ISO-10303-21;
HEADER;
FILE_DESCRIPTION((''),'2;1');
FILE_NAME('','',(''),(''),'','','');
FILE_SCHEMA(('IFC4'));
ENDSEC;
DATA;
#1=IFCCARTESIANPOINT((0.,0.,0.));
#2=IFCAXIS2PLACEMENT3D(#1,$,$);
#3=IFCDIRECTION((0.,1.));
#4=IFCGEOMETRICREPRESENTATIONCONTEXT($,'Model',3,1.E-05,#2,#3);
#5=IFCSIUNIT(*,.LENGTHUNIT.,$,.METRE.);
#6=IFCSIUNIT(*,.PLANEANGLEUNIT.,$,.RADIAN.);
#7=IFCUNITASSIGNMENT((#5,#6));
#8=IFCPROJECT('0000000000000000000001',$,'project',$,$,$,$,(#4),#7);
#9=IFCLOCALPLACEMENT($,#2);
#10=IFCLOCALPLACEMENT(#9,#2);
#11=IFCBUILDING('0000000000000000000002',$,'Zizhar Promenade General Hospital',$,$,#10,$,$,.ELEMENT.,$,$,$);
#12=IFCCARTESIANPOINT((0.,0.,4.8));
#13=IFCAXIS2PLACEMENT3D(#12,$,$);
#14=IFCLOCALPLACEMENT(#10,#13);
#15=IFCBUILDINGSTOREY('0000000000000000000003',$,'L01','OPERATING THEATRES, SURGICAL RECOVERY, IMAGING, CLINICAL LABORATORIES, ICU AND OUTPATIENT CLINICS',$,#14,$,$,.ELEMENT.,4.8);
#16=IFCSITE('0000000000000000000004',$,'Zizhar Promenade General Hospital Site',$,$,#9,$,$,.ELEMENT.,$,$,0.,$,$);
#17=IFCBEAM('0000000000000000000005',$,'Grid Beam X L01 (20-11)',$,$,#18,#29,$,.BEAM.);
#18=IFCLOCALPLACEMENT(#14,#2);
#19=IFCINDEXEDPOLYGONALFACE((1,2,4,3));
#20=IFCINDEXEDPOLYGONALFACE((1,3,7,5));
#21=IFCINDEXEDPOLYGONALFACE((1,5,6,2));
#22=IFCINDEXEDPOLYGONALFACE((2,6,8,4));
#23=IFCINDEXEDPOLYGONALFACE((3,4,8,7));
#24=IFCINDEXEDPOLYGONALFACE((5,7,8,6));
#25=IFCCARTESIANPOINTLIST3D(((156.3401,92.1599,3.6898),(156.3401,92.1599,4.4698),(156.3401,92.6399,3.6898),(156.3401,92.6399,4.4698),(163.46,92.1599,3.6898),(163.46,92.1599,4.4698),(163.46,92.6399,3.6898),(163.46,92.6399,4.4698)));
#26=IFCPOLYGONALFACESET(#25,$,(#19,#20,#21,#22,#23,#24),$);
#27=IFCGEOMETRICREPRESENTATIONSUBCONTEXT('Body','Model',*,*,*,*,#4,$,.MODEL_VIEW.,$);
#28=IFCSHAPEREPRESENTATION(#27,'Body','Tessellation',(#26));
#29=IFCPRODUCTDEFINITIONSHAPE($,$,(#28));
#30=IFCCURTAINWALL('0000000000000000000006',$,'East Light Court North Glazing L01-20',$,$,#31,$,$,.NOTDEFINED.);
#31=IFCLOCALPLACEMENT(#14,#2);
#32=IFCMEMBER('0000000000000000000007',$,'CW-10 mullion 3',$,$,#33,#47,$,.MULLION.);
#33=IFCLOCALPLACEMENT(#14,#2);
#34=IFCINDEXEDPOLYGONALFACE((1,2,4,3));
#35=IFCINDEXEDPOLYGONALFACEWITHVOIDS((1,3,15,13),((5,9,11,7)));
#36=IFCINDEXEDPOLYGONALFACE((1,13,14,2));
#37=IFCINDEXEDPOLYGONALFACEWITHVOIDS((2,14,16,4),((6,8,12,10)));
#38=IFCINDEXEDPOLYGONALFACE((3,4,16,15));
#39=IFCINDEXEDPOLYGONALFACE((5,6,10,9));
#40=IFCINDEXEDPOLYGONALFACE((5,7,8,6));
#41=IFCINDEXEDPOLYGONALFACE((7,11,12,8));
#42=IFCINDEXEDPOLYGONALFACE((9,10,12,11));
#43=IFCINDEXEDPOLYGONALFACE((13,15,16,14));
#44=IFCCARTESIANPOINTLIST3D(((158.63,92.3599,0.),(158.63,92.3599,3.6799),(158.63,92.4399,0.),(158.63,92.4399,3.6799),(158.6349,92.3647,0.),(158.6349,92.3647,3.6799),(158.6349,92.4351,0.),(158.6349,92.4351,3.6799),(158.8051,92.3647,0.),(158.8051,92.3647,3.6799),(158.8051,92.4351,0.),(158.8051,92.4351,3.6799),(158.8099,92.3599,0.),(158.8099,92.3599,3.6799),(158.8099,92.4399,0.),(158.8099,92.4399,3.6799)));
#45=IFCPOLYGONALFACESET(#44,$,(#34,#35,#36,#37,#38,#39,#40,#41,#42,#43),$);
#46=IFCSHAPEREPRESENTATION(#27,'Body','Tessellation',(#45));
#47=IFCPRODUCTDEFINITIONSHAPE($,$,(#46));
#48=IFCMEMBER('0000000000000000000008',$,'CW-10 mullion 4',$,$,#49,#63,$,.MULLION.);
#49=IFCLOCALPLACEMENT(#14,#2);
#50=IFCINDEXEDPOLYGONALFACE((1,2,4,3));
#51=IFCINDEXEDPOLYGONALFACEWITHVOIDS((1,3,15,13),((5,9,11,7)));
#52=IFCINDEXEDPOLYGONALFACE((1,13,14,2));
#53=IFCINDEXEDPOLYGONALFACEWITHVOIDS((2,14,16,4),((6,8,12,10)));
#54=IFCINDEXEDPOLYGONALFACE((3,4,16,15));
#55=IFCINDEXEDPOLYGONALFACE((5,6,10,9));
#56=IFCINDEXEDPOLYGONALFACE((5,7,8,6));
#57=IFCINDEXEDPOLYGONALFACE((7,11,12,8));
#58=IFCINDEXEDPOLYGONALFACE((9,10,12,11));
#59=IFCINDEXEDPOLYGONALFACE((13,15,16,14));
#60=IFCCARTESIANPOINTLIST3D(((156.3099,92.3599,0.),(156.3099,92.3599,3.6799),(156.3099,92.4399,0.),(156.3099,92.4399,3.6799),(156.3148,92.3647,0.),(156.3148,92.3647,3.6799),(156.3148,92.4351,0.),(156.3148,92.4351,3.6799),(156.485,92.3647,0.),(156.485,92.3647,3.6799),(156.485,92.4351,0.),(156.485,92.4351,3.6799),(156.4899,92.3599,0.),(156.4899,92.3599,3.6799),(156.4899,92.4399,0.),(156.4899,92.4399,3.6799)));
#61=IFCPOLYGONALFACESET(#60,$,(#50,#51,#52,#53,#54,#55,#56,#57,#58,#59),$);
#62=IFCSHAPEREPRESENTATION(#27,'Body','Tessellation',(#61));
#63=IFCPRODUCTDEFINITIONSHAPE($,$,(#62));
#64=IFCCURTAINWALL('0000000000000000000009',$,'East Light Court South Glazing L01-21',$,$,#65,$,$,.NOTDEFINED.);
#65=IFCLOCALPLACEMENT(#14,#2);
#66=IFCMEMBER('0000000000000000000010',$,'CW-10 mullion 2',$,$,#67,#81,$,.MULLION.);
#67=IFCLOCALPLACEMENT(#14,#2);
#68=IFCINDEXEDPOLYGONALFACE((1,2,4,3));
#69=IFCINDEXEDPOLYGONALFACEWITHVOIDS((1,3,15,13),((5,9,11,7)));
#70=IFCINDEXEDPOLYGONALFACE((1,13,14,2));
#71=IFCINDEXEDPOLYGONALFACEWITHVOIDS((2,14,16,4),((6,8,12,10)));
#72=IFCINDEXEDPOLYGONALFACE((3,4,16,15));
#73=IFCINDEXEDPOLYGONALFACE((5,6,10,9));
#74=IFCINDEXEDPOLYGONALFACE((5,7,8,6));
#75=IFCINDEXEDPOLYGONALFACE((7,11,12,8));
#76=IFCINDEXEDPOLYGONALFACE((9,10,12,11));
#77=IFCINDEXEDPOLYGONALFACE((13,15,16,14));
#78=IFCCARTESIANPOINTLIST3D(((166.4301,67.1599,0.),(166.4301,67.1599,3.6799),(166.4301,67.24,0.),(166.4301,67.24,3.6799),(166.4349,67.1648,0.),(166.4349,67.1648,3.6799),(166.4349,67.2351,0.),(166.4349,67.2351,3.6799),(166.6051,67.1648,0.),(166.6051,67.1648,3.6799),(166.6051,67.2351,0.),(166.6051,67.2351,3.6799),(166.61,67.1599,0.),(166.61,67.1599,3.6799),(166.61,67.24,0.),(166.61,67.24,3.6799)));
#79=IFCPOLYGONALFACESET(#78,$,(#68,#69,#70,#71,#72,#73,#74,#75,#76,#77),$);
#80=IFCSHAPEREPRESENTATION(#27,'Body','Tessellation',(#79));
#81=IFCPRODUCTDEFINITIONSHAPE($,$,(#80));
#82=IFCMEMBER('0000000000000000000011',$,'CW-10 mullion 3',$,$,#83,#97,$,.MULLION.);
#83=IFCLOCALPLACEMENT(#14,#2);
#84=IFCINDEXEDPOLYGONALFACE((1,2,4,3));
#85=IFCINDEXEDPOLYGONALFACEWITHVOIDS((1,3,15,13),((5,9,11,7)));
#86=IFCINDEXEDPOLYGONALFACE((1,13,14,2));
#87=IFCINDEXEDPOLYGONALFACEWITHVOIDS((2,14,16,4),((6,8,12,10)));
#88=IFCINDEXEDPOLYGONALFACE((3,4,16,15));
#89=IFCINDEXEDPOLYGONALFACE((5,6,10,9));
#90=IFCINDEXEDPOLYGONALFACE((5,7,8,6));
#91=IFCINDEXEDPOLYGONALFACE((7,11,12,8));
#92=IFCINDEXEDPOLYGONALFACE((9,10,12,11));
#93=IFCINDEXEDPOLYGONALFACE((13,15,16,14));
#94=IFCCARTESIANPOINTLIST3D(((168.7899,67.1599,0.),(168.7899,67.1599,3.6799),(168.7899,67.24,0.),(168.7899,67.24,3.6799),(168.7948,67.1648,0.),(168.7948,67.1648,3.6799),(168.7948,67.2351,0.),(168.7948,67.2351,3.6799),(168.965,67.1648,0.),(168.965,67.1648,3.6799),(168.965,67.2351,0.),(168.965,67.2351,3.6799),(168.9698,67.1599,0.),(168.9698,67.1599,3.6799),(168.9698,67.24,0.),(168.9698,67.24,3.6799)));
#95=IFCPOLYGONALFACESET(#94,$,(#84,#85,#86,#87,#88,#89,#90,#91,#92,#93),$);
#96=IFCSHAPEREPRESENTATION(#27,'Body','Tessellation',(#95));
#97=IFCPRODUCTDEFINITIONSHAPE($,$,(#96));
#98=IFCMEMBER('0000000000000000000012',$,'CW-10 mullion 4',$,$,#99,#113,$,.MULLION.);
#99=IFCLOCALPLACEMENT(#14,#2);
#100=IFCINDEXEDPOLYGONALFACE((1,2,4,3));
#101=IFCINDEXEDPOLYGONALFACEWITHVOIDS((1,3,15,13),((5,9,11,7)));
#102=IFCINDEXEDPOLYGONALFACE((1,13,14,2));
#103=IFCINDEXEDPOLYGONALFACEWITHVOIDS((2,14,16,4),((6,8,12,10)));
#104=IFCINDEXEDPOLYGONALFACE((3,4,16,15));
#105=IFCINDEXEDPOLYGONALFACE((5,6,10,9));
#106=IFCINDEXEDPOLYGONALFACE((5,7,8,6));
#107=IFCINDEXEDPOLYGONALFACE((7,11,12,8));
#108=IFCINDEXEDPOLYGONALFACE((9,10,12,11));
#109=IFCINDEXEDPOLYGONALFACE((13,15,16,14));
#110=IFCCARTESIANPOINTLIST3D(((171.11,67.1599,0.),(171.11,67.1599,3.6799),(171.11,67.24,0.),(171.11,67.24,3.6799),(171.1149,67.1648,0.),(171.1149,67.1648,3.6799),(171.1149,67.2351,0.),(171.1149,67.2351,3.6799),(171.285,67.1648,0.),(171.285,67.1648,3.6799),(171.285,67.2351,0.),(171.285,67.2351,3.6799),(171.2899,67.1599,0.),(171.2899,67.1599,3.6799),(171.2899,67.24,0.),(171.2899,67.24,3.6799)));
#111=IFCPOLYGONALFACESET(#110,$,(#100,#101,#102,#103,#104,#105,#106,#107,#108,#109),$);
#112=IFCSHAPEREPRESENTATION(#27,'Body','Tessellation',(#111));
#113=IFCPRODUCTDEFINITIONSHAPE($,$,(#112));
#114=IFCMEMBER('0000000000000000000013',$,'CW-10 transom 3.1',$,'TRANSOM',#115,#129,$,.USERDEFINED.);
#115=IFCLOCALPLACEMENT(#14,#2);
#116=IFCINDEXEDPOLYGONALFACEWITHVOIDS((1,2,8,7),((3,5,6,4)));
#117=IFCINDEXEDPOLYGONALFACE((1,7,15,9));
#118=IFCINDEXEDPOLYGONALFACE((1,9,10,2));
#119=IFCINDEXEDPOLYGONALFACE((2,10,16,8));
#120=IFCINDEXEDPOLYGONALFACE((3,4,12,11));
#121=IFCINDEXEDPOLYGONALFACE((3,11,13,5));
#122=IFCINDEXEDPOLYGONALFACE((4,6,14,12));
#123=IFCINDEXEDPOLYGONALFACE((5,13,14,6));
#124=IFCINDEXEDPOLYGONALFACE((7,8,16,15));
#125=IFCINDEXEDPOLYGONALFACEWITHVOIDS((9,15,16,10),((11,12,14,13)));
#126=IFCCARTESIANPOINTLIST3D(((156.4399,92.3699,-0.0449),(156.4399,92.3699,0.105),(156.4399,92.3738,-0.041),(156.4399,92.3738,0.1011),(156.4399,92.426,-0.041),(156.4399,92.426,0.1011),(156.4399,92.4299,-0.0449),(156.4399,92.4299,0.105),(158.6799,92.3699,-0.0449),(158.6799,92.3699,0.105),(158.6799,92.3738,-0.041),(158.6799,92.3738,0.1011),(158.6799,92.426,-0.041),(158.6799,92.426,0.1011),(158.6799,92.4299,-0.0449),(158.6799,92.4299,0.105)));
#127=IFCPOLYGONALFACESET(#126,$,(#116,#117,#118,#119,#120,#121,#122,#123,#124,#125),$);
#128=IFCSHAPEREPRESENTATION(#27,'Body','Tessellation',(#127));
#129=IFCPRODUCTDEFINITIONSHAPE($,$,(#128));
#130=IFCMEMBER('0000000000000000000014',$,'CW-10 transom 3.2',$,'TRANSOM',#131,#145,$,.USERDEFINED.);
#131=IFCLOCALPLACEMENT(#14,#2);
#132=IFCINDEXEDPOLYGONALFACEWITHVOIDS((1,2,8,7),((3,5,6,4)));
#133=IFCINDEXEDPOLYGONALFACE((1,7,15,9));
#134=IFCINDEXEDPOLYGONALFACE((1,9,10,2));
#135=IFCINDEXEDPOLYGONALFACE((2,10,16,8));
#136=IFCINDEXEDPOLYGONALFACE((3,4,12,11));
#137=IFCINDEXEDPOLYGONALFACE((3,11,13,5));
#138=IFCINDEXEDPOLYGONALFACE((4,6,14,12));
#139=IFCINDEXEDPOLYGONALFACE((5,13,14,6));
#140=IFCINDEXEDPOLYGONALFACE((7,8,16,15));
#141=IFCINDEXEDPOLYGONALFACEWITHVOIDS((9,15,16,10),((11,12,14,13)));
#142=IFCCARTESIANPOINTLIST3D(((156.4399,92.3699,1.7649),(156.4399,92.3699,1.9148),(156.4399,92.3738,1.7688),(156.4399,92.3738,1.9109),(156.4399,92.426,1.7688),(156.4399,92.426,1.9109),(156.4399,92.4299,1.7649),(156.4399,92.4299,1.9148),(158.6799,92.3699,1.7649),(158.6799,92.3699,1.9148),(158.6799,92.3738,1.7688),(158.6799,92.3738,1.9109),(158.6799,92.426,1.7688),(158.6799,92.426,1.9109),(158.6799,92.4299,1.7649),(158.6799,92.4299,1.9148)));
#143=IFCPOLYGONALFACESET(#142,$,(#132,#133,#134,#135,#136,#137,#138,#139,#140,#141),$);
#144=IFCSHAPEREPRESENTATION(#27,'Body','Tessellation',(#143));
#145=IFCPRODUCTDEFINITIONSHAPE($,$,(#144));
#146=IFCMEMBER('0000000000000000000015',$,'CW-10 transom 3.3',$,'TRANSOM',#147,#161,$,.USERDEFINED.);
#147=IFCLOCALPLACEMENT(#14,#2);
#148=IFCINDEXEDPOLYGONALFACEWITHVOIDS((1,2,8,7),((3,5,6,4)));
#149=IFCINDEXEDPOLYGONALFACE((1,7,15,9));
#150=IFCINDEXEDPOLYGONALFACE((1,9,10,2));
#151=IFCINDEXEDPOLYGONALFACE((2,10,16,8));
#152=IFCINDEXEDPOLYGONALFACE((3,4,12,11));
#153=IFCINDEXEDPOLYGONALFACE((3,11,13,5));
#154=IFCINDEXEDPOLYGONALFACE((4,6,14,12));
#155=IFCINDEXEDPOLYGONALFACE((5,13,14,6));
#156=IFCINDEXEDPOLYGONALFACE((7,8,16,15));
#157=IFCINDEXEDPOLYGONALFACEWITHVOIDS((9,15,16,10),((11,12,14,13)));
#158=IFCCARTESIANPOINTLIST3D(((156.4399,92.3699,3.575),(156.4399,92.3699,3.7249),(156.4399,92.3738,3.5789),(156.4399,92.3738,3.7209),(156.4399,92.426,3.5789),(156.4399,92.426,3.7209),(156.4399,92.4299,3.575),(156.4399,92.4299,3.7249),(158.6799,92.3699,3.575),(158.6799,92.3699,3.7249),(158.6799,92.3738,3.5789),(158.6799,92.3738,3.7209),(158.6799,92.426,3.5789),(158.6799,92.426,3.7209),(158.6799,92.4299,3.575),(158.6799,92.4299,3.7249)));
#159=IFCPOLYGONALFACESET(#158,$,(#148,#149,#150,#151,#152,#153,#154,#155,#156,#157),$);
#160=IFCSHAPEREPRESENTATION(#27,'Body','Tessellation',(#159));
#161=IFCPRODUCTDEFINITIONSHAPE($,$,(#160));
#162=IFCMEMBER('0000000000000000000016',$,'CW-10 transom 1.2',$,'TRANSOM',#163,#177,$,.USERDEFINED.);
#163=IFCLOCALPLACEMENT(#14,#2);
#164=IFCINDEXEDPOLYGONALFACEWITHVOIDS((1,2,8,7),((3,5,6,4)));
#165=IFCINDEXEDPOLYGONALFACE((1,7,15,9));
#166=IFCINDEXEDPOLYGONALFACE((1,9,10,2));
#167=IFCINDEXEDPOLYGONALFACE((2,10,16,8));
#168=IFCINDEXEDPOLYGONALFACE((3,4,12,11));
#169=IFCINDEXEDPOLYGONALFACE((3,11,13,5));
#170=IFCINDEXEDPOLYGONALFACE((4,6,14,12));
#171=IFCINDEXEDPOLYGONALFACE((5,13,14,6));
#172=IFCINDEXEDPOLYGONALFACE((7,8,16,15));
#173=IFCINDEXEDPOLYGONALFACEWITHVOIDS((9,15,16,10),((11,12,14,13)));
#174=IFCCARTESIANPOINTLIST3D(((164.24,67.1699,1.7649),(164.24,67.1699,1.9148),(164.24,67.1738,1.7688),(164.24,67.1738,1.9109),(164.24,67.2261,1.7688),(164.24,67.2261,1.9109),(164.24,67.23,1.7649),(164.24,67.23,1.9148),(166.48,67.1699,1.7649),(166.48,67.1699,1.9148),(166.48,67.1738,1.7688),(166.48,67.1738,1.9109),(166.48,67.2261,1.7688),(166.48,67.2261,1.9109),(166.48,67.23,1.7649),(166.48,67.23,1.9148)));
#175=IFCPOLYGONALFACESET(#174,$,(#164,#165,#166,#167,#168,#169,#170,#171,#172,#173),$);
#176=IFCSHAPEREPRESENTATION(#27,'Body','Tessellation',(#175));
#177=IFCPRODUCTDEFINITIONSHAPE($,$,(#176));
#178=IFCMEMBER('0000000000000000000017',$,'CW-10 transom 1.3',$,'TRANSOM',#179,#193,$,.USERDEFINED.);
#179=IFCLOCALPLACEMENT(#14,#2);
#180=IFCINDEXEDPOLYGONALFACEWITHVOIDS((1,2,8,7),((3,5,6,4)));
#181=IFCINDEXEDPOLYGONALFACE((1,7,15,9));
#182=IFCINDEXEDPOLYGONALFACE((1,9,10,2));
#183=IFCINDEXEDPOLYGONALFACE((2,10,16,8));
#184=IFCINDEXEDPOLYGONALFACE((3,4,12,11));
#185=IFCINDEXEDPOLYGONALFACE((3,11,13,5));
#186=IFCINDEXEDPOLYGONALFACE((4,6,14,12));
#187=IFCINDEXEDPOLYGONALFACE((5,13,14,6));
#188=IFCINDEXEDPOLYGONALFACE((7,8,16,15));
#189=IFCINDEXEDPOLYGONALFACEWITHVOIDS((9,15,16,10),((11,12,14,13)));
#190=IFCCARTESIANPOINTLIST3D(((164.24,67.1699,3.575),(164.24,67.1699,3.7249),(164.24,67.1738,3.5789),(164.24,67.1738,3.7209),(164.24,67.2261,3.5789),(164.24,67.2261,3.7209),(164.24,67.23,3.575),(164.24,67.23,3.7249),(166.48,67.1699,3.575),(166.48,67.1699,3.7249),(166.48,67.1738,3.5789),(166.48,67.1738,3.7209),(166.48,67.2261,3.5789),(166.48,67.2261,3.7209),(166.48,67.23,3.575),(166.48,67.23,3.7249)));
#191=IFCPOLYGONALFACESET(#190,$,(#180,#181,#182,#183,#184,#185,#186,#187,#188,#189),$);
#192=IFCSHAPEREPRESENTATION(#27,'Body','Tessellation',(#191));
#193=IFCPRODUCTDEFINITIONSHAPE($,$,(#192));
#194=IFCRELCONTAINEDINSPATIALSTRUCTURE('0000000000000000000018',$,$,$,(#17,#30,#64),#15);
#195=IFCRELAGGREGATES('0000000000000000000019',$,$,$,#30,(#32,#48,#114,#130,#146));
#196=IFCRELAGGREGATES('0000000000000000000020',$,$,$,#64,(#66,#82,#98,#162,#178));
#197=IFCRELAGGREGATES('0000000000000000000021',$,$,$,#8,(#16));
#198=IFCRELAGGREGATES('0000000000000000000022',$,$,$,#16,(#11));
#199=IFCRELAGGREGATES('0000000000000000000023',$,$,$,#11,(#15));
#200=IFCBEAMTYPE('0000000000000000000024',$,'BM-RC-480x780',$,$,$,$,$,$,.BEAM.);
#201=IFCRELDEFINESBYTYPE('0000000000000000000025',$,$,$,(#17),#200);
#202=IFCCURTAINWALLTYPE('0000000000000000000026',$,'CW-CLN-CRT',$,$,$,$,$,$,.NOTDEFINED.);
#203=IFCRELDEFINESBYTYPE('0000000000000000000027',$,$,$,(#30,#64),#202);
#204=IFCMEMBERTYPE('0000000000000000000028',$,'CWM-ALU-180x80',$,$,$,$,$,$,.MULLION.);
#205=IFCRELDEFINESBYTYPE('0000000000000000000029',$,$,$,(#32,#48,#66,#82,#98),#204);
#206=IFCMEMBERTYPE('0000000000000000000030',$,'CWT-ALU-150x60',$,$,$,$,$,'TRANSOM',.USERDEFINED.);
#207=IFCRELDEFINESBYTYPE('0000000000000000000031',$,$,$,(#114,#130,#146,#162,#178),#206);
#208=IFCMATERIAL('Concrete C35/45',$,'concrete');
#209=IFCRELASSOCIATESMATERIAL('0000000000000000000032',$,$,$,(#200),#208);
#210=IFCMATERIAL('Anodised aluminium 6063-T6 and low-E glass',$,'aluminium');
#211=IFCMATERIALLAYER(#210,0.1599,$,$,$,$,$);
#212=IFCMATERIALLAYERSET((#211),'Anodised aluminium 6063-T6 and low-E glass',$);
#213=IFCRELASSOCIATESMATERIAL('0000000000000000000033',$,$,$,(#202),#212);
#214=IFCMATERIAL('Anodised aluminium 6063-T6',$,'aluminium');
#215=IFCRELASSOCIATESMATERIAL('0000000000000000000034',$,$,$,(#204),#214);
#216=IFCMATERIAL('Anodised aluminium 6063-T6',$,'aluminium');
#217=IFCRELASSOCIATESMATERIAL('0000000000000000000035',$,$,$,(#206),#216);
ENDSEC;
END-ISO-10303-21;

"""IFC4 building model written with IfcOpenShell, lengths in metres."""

from ifc_helpers import new_model, si_unit, direction, frame, origin, origin_2d, place, context, subcontext, project, spatial, rectangle, hollow_rectangle, extrude, material, layer, layer_set, material_profile, profile_set, type_object, element, aggregate, save


model = new_model("IFC4")

# Units and contexts
model_context = context("Model", 3, precision=1e-05, world=origin(), true_north=direction((0.0, 1.0)))
body_context = subcontext(model_context, "Body", "Model", "MODEL_VIEW")
ifc_project = project(units=[si_unit("LENGTHUNIT", "METRE"), si_unit("PLANEANGLEUNIT", "RADIAN")], contexts=[model_context])

# Site, building, storey
site_placement = place(None, origin())
site = spatial("IfcSite", under=ifc_project, at=site_placement, Name="Zizhar Promenade General Hospital Site", CompositionType="ELEMENT", RefElevation=0.0)
building_placement = place(site_placement, origin())
building = spatial("IfcBuilding", under=site, at=building_placement, Name="Zizhar Promenade General Hospital", CompositionType="ELEMENT")
storey_placement = place(building_placement, frame((0.0, 0.0, 4.8)))
storey = spatial("IfcBuildingStorey", under=building, at=storey_placement, Name="L01", Description="OPERATING THEATRES, SURGICAL RECOVERY, IMAGING, CLINICAL LABORATORIES, ICU AND OUTPATIENT CLINICS", CompositionType="ELEMENT", Elevation=4.8)

# Beam
ifc_material_1 = material(Name="Concrete C35/45", Category="concrete")
ifc_material_profile_1 = material_profile(ifc_material_1, rectangle(XDim=0.48, YDim=0.78, at=origin_2d()))
ifc_profile_set_1 = profile_set([ifc_material_profile_1], Name="Concrete C35/45")
beam_type = type_object("IfcBeamType", Name="BM-RC-480x780", PredefinedType="BEAM", material=ifc_profile_set_1)
beam_placement = place(storey_placement, frame((156.3401, 92.3999, 4.0798), z_axis=(1.0, 0.0, 0.0), x_axis=(0.0, 1.0, 0.0)))
element("IfcBeam", 1, at=beam_placement, inside=storey, type_object=beam_type, Name="Grid Beam X L01 (20-11)", PredefinedType="BEAM", context=body_context, shape_type="SweptSolid", body=[
    extrude(rectangle(XDim=0.48, YDim=0.78, at=origin_2d()), origin(), (0.0, 0.0, 1.0), 7.1199),
])

# Curtain walls, members
ifc_material_2 = material(Name="Anodised aluminium 6063-T6 and low-E glass", Category="aluminium")
ifc_layer_1 = layer(ifc_material_2, 0.1599)
ifc_layer_set_1 = layer_set([ifc_layer_1], Name="Anodised aluminium 6063-T6 and low-E glass")
curtain_wall_type = type_object("IfcCurtainWallType", Name="CW-CLN-CRT", PredefinedType="NOTDEFINED", material=ifc_layer_set_1)
curtain_wall_1_placement = place(storey_placement, origin())
curtain_wall_1 = element("IfcCurtainWall", 2, at=curtain_wall_1_placement, inside=storey, type_object=curtain_wall_type, Name="East Light Court North Glazing L01-20", PredefinedType="NOTDEFINED")
ifc_material_3 = material(Name="Anodised aluminium 6063-T6", Category="aluminium")
ifc_material_profile_2 = material_profile(ifc_material_3, hollow_rectangle(XDim=0.0801, YDim=0.1799, WallThickness=0.0049, at=origin_2d()))
ifc_profile_set_2 = profile_set([ifc_material_profile_2], Name="Anodised aluminium 6063-T6")
member_type_1 = type_object("IfcMemberType", Name="CWM-ALU-180x80", PredefinedType="MULLION", material=ifc_profile_set_2)
member_1_placement = place(storey_placement, frame((158.72, 92.3999, 0.0), z_axis=(0.0, 0.0, 1.0), x_axis=(0.0, -1.0, 0.0)))
member_1 = element("IfcMember", 3, at=member_1_placement, type_object=member_type_1, Name="CW-10 mullion 3", PredefinedType="MULLION", context=body_context, shape_type="SweptSolid", body=[
    extrude(hollow_rectangle(XDim=0.0801, YDim=0.1799, WallThickness=0.0049, at=origin_2d()), origin(), (0.0, 0.0, 1.0), 3.6799),
])
member_2_placement = place(storey_placement, frame((156.3999, 92.3999, 0.0), z_axis=(0.0, 0.0, 1.0), x_axis=(0.0, -1.0, 0.0)))
member_2 = element("IfcMember", 4, at=member_2_placement, type_object=member_type_1, Name="CW-10 mullion 4", PredefinedType="MULLION", context=body_context, shape_type="SweptSolid", body=[
    extrude(hollow_rectangle(XDim=0.0801, YDim=0.1799, WallThickness=0.0049, at=origin_2d()), origin(), (0.0, 0.0, 1.0), 3.6799),
])
curtain_wall_2_placement = place(storey_placement, origin())
curtain_wall_2 = element("IfcCurtainWall", 5, at=curtain_wall_2_placement, inside=storey, type_object=curtain_wall_type, Name="East Light Court South Glazing L01-21", PredefinedType="NOTDEFINED")
member_3_placement = place(storey_placement, frame((166.52, 67.2, 0.0), z_axis=(0.0, 0.0, 1.0), x_axis=(0.0, 1.0, 0.0)))
member_3 = element("IfcMember", 6, at=member_3_placement, type_object=member_type_1, Name="CW-10 mullion 2", PredefinedType="MULLION", context=body_context, shape_type="SweptSolid", body=[
    extrude(hollow_rectangle(XDim=0.0801, YDim=0.1799, WallThickness=0.0049, at=origin_2d()), origin(), (0.0, 0.0, 1.0), 3.6799),
])
member_4_placement = place(storey_placement, frame((168.8799, 67.2, 0.0), z_axis=(0.0, 0.0, 1.0), x_axis=(0.0, 1.0, 0.0)))
member_4 = element("IfcMember", 7, at=member_4_placement, type_object=member_type_1, Name="CW-10 mullion 3", PredefinedType="MULLION", context=body_context, shape_type="SweptSolid", body=[
    extrude(hollow_rectangle(XDim=0.0801, YDim=0.1799, WallThickness=0.0049, at=origin_2d()), origin(), (0.0, 0.0, 1.0), 3.6799),
])
member_5_placement = place(storey_placement, frame((171.2, 67.2, 0.0), z_axis=(0.0, 0.0, 1.0), x_axis=(0.0, 1.0, 0.0)))
member_5 = element("IfcMember", 8, at=member_5_placement, type_object=member_type_1, Name="CW-10 mullion 4", PredefinedType="MULLION", context=body_context, shape_type="SweptSolid", body=[
    extrude(hollow_rectangle(XDim=0.0801, YDim=0.1799, WallThickness=0.0049, at=origin_2d()), origin(), (0.0, 0.0, 1.0), 3.6799),
])

# Members
ifc_material_4 = material(Name="Anodised aluminium 6063-T6", Category="aluminium")
ifc_material_profile_3 = material_profile(ifc_material_4, hollow_rectangle(XDim=0.0601, YDim=0.1499, WallThickness=0.0039, at=origin_2d()))
ifc_profile_set_3 = profile_set([ifc_material_profile_3], Name="Anodised aluminium 6063-T6")
member_type_2 = type_object("IfcMemberType", Name="CWT-ALU-150x60", ElementType="TRANSOM", PredefinedType="USERDEFINED", material=ifc_profile_set_3)
member_6_placement = place(storey_placement, frame((158.6799, 92.3999, 0.03), z_axis=(-1.0, 0.0, 0.0), x_axis=(0.0, -1.0, 0.0)))
member_6 = element("IfcMember", 9, at=member_6_placement, type_object=member_type_2, Name="CW-10 transom 3.1", ObjectType="TRANSOM", PredefinedType="USERDEFINED", context=body_context, shape_type="SweptSolid", body=[
    extrude(hollow_rectangle(XDim=0.0601, YDim=0.1499, WallThickness=0.0039, at=origin_2d()), origin(), (0.0, 0.0, 1.0), 2.24),
])
member_7_placement = place(storey_placement, frame((158.6799, 92.3999, 1.8398), z_axis=(-1.0, 0.0, 0.0), x_axis=(0.0, -1.0, 0.0)))
member_7 = element("IfcMember", 10, at=member_7_placement, type_object=member_type_2, Name="CW-10 transom 3.2", ObjectType="TRANSOM", PredefinedType="USERDEFINED", context=body_context, shape_type="SweptSolid", body=[
    extrude(hollow_rectangle(XDim=0.0601, YDim=0.1499, WallThickness=0.0039, at=origin_2d()), origin(), (0.0, 0.0, 1.0), 2.24),
])
member_8_placement = place(storey_placement, frame((158.6799, 92.3999, 3.6499), z_axis=(-1.0, 0.0, 0.0), x_axis=(0.0, -1.0, 0.0)))
member_8 = element("IfcMember", 11, at=member_8_placement, type_object=member_type_2, Name="CW-10 transom 3.3", ObjectType="TRANSOM", PredefinedType="USERDEFINED", context=body_context, shape_type="SweptSolid", body=[
    extrude(hollow_rectangle(XDim=0.0601, YDim=0.1499, WallThickness=0.0039, at=origin_2d()), origin(), (0.0, 0.0, 1.0), 2.24),
])
member_9_placement = place(storey_placement, frame((164.24, 67.2, 1.8398), z_axis=(1.0, 0.0, 0.0), x_axis=(0.0, 1.0, 0.0)))
member_9 = element("IfcMember", 12, at=member_9_placement, type_object=member_type_2, Name="CW-10 transom 1.2", ObjectType="TRANSOM", PredefinedType="USERDEFINED", context=body_context, shape_type="SweptSolid", body=[
    extrude(hollow_rectangle(XDim=0.0601, YDim=0.1499, WallThickness=0.0039, at=origin_2d()), origin(), (0.0, 0.0, 1.0), 2.24),
])
member_10_placement = place(storey_placement, frame((164.24, 67.2, 3.6499), z_axis=(1.0, 0.0, 0.0), x_axis=(0.0, 1.0, 0.0)))
member_10 = element("IfcMember", 13, at=member_10_placement, type_object=member_type_2, Name="CW-10 transom 1.3", ObjectType="TRANSOM", PredefinedType="USERDEFINED", context=body_context, shape_type="SweptSolid", body=[
    extrude(hollow_rectangle(XDim=0.0601, YDim=0.1499, WallThickness=0.0039, at=origin_2d()), origin(), (0.0, 0.0, 1.0), 2.24),
])

aggregate(curtain_wall_1, [member_1, member_2, member_6, member_7, member_8])
aggregate(curtain_wall_2, [member_3, member_4, member_5, member_9, member_10])

save(model, "model.ifc")
